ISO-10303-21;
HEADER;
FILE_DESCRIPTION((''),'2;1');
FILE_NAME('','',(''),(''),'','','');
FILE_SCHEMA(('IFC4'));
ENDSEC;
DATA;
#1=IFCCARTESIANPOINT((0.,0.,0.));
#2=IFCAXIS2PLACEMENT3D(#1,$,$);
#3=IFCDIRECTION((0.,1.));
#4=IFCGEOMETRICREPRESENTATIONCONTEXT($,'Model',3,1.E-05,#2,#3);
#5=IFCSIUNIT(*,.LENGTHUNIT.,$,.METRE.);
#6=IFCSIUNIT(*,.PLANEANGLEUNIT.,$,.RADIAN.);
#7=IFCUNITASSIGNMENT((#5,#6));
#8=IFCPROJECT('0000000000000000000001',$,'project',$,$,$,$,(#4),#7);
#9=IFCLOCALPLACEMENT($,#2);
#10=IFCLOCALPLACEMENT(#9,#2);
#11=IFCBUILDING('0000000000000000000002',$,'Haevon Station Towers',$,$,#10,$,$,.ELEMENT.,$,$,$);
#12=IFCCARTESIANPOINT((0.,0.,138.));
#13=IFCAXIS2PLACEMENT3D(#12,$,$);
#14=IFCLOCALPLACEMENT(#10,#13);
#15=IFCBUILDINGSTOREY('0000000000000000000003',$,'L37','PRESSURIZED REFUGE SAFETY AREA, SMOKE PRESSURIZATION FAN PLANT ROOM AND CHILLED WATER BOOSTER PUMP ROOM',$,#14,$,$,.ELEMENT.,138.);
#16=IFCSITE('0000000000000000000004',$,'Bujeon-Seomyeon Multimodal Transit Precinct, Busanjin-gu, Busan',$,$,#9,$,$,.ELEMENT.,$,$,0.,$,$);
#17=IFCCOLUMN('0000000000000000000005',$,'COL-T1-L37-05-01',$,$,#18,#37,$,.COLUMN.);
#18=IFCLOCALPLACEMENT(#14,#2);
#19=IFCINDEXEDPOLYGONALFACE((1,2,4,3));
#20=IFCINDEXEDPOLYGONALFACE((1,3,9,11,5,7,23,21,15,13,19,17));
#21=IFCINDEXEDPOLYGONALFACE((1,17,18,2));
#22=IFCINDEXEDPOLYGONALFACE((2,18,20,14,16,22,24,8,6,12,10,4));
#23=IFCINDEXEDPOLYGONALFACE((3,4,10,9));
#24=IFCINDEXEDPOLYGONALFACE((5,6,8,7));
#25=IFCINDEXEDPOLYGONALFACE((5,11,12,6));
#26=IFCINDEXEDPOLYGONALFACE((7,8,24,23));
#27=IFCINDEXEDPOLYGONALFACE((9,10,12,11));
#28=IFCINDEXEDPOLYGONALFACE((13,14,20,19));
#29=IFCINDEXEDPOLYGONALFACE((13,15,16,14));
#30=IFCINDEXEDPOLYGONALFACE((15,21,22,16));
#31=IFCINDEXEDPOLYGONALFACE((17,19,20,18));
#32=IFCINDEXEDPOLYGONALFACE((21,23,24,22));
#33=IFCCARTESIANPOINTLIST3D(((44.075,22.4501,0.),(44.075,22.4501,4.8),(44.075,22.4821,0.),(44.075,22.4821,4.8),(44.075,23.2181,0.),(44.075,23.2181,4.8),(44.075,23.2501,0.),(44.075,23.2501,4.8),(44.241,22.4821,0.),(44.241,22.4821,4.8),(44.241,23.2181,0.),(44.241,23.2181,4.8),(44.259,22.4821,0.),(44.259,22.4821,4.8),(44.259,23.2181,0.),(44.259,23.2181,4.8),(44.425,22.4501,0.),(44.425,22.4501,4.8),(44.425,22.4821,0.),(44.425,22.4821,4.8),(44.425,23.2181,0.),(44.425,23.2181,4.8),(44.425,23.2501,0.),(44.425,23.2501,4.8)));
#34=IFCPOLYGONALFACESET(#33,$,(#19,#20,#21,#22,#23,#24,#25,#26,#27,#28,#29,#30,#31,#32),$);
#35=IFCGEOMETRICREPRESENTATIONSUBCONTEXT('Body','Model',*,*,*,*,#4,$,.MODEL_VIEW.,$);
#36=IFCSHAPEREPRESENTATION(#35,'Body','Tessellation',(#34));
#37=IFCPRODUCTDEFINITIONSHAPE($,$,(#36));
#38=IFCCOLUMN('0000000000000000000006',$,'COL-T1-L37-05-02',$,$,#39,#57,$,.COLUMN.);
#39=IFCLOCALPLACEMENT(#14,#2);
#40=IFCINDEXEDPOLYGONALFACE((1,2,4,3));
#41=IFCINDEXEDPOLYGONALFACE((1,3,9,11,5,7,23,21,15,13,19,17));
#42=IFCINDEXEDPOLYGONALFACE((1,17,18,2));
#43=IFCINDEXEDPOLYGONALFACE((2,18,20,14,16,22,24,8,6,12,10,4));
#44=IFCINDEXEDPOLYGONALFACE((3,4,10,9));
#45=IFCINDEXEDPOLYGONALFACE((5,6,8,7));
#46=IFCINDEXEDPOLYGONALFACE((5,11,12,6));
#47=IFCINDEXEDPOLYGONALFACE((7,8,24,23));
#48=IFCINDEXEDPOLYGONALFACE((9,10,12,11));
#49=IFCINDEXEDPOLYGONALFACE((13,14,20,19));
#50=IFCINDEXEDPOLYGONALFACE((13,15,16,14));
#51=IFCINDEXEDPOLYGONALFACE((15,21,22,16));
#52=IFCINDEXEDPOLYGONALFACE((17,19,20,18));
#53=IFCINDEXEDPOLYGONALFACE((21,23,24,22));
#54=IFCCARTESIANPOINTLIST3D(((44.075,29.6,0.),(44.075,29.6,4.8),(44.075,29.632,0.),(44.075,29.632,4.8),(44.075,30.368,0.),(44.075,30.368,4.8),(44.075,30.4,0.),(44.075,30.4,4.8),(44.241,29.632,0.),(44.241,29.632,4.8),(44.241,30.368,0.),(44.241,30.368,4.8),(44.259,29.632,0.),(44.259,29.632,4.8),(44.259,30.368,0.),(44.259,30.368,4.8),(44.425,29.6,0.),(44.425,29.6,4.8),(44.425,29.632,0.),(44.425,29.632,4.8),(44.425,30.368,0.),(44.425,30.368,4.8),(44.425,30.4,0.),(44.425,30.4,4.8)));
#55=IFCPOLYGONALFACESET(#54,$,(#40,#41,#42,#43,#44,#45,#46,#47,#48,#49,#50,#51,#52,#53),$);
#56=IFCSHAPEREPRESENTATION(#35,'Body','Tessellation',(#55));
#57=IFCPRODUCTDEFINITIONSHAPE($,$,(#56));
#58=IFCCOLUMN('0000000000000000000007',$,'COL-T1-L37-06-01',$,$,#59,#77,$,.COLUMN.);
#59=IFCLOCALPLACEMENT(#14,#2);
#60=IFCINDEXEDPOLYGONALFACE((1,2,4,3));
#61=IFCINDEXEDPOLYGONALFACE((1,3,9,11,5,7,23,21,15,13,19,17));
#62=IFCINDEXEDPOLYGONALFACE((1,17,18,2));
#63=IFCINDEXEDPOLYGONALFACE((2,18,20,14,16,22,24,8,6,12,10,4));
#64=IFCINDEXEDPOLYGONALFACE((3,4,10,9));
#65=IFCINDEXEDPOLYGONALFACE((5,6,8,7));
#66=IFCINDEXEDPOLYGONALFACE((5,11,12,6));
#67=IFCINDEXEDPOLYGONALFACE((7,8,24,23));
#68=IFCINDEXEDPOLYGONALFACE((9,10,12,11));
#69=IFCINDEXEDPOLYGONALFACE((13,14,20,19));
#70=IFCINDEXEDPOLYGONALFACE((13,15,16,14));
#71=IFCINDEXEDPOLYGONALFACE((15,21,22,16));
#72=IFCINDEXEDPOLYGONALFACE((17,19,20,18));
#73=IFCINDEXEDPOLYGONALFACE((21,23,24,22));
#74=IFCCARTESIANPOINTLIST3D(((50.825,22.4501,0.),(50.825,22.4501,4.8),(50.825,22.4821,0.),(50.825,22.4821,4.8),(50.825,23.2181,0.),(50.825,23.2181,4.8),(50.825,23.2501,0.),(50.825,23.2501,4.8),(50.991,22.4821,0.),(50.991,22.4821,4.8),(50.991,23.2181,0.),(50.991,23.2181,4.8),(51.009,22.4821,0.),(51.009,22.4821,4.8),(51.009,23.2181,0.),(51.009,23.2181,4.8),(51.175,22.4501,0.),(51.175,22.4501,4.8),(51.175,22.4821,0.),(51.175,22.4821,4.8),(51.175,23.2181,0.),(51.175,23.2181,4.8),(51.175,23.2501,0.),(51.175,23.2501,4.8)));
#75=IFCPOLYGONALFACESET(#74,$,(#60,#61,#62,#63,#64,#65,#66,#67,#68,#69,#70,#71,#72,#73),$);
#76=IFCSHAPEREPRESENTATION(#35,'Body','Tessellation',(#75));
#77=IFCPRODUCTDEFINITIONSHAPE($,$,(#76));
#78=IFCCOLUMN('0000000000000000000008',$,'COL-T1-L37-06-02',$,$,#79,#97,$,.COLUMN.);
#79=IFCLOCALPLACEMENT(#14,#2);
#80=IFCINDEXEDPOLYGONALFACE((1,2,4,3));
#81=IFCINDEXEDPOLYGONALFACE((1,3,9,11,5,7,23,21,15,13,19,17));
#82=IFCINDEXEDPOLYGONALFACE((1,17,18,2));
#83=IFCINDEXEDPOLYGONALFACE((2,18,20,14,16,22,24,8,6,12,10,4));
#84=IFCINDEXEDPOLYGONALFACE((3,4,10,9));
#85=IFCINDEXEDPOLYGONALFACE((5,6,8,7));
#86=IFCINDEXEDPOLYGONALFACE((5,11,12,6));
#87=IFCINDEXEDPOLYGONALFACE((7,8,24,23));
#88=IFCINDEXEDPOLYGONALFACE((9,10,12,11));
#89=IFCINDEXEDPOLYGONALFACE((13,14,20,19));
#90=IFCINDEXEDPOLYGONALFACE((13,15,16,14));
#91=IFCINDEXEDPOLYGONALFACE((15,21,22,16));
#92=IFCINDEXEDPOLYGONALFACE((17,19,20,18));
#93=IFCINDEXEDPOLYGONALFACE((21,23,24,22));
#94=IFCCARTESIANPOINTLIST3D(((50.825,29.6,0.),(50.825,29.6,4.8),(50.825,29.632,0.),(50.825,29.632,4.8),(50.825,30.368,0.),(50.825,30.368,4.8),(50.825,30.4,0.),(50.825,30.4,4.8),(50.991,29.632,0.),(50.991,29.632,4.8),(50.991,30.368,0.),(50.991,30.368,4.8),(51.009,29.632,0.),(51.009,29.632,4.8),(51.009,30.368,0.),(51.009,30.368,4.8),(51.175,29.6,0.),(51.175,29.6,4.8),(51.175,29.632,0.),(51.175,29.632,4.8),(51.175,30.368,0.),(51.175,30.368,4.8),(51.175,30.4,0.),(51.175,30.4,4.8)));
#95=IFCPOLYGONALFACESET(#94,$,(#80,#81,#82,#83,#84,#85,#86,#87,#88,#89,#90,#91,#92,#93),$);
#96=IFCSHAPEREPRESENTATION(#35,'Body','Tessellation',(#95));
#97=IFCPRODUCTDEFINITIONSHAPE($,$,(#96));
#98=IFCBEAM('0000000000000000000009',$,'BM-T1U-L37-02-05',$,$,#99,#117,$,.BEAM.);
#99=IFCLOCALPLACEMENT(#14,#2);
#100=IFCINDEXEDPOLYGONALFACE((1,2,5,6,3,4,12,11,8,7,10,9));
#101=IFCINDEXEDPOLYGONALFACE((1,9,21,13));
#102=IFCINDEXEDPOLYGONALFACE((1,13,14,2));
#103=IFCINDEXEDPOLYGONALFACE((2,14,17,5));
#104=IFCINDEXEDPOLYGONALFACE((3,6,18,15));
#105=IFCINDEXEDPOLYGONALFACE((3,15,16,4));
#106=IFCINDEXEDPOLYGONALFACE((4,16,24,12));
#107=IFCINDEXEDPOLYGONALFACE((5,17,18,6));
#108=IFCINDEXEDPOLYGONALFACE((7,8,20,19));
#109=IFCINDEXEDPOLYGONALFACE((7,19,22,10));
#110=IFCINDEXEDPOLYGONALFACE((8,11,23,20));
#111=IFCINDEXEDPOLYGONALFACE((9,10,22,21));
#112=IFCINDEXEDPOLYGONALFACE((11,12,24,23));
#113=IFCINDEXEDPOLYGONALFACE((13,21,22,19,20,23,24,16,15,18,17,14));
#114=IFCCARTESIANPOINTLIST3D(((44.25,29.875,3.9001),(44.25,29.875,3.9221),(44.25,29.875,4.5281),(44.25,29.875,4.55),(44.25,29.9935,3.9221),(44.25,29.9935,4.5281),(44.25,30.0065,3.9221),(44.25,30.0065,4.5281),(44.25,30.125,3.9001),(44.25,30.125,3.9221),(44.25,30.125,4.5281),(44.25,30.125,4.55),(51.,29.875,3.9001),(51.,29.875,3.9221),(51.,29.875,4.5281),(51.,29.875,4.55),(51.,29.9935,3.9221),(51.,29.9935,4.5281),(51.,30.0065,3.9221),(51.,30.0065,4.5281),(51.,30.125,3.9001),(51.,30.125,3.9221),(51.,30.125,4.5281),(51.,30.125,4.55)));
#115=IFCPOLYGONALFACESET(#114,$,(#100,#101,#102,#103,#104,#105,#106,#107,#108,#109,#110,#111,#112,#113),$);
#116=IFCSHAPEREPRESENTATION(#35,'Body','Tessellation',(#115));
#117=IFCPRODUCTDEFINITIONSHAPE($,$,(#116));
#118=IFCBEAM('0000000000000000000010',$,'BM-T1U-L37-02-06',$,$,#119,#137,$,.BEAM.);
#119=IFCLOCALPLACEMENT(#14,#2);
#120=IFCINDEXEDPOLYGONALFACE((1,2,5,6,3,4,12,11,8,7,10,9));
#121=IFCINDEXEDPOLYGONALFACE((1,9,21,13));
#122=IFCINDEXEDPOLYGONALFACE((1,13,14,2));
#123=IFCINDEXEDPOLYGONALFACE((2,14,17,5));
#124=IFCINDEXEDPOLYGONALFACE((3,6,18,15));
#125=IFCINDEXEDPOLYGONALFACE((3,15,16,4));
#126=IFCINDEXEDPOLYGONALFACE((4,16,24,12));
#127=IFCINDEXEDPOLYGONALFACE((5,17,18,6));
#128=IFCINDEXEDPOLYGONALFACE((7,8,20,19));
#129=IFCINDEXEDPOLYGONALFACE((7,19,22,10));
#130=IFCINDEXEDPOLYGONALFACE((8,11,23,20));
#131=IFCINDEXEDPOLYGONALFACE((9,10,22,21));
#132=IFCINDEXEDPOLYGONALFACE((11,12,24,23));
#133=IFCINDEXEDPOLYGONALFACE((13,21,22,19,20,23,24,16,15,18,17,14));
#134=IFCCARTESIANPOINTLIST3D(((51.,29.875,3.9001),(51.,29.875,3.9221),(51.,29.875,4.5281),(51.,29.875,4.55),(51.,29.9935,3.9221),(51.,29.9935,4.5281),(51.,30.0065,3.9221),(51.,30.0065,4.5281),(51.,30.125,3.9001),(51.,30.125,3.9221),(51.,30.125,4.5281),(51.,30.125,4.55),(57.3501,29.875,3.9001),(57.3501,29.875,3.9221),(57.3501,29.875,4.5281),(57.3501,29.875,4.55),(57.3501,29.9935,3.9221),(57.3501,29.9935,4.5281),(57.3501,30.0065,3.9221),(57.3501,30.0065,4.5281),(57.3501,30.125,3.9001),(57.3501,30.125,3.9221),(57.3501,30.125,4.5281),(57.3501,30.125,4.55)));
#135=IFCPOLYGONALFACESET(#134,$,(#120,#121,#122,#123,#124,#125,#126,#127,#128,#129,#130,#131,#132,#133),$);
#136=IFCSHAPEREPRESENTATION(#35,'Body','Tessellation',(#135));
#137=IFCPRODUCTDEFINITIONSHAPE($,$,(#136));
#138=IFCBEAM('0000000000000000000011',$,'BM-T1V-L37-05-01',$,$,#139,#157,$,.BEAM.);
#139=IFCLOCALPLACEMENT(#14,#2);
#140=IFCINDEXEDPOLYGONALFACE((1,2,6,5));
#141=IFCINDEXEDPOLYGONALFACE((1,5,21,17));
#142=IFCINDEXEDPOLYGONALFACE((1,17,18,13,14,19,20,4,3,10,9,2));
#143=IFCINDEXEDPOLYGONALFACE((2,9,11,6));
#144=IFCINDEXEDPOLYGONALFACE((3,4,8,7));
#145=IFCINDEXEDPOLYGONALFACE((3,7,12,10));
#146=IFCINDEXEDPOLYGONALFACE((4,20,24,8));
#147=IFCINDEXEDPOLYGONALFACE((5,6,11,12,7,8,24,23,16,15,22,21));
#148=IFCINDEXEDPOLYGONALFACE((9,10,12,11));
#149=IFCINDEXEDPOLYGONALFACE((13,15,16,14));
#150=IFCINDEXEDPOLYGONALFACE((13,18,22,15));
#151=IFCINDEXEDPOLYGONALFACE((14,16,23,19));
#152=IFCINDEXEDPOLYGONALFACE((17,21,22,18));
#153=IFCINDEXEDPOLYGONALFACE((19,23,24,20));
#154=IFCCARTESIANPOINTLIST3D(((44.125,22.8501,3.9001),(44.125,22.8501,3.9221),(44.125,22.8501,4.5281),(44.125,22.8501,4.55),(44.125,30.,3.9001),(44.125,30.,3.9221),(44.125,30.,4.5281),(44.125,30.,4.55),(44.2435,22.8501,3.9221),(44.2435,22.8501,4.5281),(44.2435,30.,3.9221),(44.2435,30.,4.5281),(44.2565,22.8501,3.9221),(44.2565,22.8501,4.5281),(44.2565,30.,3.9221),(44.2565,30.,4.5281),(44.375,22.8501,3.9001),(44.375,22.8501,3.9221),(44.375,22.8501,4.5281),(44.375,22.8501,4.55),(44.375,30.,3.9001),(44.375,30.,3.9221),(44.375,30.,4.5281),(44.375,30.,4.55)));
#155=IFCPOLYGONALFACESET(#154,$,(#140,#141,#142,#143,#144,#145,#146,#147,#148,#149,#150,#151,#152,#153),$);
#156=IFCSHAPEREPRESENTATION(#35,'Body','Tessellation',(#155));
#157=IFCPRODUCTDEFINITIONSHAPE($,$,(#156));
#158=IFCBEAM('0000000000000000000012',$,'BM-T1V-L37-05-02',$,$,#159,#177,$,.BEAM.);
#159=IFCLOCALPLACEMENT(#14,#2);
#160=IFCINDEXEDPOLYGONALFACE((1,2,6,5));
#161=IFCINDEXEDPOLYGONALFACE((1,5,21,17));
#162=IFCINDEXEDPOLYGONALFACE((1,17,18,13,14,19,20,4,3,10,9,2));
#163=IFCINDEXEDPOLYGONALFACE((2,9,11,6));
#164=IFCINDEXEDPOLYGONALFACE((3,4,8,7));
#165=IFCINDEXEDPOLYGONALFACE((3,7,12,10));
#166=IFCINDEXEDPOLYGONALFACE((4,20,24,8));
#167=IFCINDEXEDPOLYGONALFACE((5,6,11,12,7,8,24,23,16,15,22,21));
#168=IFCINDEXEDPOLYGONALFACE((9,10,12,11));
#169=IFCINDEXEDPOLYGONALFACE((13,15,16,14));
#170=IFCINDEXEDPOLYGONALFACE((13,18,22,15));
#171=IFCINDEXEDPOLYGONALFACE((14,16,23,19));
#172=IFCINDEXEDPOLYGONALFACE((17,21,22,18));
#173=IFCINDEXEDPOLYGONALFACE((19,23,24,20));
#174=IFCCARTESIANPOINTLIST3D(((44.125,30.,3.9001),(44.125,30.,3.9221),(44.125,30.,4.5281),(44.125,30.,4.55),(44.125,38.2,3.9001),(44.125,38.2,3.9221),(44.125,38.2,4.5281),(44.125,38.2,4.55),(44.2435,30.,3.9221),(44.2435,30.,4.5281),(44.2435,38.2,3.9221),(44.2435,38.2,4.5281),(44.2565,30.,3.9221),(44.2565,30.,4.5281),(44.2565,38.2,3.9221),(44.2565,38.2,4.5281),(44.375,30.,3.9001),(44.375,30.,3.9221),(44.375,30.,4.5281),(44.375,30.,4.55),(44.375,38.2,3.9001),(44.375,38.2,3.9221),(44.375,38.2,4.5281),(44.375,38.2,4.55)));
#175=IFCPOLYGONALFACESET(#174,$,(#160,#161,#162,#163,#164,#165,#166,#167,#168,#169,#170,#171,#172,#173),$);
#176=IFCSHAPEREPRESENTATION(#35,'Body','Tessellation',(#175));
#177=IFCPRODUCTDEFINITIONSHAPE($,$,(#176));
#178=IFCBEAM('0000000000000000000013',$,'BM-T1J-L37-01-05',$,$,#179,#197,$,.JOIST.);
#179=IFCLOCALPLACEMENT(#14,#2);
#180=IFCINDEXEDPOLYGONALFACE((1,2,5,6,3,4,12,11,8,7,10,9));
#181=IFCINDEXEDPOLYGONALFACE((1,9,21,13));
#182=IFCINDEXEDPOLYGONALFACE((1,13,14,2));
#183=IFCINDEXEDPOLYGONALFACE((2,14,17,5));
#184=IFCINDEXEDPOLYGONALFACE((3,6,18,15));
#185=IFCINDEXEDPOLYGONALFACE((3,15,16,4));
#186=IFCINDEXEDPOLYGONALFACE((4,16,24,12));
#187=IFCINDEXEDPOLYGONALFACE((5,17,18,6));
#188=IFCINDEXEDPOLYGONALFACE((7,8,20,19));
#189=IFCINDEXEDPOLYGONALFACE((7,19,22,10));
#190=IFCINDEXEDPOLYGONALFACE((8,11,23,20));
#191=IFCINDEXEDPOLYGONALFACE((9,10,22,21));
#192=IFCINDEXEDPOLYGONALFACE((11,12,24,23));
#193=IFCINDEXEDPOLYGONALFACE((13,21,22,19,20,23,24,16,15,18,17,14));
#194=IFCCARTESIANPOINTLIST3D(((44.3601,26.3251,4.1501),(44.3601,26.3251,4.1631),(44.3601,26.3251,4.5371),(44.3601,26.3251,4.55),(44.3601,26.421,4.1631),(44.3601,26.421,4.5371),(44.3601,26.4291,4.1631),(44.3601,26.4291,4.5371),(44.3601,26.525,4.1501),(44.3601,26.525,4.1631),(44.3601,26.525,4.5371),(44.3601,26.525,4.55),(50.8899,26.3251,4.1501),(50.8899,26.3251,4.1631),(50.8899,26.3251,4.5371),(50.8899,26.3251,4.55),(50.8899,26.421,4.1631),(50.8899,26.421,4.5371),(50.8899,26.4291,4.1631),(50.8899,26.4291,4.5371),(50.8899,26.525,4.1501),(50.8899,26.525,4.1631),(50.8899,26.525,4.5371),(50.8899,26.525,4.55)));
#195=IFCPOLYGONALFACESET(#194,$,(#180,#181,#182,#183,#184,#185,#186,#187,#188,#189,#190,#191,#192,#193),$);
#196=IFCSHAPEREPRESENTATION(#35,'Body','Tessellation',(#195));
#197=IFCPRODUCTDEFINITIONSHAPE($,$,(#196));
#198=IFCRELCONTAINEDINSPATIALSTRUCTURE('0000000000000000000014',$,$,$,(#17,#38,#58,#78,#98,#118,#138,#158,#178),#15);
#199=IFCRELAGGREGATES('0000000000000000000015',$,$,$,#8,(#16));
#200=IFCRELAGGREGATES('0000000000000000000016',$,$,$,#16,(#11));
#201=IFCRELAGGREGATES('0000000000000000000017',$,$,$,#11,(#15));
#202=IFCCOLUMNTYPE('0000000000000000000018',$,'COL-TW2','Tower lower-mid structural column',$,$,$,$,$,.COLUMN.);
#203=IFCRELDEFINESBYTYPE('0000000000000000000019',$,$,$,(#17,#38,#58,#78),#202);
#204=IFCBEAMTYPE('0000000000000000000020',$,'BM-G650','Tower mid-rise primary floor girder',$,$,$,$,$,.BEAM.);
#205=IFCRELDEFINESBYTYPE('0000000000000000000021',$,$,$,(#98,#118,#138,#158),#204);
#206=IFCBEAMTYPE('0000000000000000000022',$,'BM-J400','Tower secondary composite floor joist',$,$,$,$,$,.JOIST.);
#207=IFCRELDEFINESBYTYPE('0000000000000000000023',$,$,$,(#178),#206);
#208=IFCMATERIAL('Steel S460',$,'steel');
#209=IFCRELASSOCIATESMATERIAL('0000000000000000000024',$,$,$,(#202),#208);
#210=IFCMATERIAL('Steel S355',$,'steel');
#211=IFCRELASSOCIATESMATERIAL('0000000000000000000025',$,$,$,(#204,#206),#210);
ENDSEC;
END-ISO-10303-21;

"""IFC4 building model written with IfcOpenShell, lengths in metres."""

from ifc_helpers import new_model, si_unit, direction, frame, origin, origin_2d, place, context, subcontext, project, spatial, i_section, extrude, material, material_profile, profile_set, type_object, element, save


model = new_model("IFC4")

# Units and contexts
model_context = context("Model", 3, precision=1e-05, world=origin(), true_north=direction((0.0, 1.0)))
body_context = subcontext(model_context, "Body", "Model", "MODEL_VIEW")
ifc_project = project(units=[si_unit("LENGTHUNIT", "METRE"), si_unit("PLANEANGLEUNIT", "RADIAN")], contexts=[model_context])

# Site, building, storey
site_placement = place(None, origin())
site = spatial("IfcSite", under=ifc_project, at=site_placement, Name="Bujeon-Seomyeon Multimodal Transit Precinct, Busanjin-gu, Busan", CompositionType="ELEMENT", RefElevation=0.0)
building_placement = place(site_placement, origin())
building = spatial("IfcBuilding", under=site, at=building_placement, Name="Haevon Station Towers", CompositionType="ELEMENT")
storey_placement = place(building_placement, frame((0.0, 0.0, 138.0)))
storey = spatial("IfcBuildingStorey", under=building, at=storey_placement, Name="L37", Description="PRESSURIZED REFUGE SAFETY AREA, SMOKE PRESSURIZATION FAN PLANT ROOM AND CHILLED WATER BOOSTER PUMP ROOM", CompositionType="ELEMENT", Elevation=138.0)

# Columns
ifc_material_1 = material(Name="Steel S460", Category="steel")
ifc_material_profile_1 = material_profile(ifc_material_1, i_section(OverallWidth=0.3501, OverallDepth=0.8, WebThickness=0.0181, FlangeThickness=0.032, at=origin_2d()), Name="H-800x350x18x32")
ifc_profile_set_1 = profile_set([ifc_material_profile_1], Name="Steel S460")
column_type = type_object("IfcColumnType", Name="COL-TW2", Description="Tower lower-mid structural column", PredefinedType="COLUMN", material=ifc_profile_set_1)
for number, where, z_axis, x_axis, name in (
    (1, (44.25, 22.8501, 0.0), (0.0, 0.0, 1.0), (1.0, 0.0, 0.0), "COL-T1-L37-05-01"),
    (2, (44.25, 30.0, 0.0), (0.0, 0.0, 1.0), (1.0, 0.0, 0.0), "COL-T1-L37-05-02"),
    (3, (51.0, 22.8501, 0.0), (0.0, 0.0, 1.0), (1.0, 0.0, 0.0), "COL-T1-L37-06-01"),
    (4, (51.0, 30.0, 0.0), (0.0, 0.0, 1.0), (1.0, 0.0, 0.0), "COL-T1-L37-06-02"),
):
    element("IfcColumn", number, at=place(storey_placement, frame(where, z_axis=z_axis, x_axis=x_axis)), inside=storey, type_object=column_type, Name=name, PredefinedType="COLUMN", context=body_context, shape_type="SweptSolid", body=[
        extrude(i_section(OverallWidth=0.3501, OverallDepth=0.8, WebThickness=0.0181, FlangeThickness=0.032, at=origin_2d()), origin(), (0.0, 0.0, 1.0), 4.8),
    ])

# Beams
ifc_material_2 = material(Name="Steel S355", Category="steel")
ifc_material_profile_2 = material_profile(ifc_material_2, i_section(OverallWidth=0.25, OverallDepth=0.6499, WebThickness=0.0129, FlangeThickness=0.022, at=origin_2d()), Name="H-650x250x13x22")
ifc_profile_set_2 = profile_set([ifc_material_profile_2], Name="Steel S355")
beam_type_1 = type_object("IfcBeamType", Name="BM-G650", Description="Tower mid-rise primary floor girder", PredefinedType="BEAM", material=ifc_profile_set_2)
beam_1_placement = place(storey_placement, frame((44.25, 30.0, 4.2251), z_axis=(1.0, 0.0, 0.0), x_axis=(0.0, 1.0, 0.0)))
element("IfcBeam", 5, at=beam_1_placement, inside=storey, type_object=beam_type_1, Name="BM-T1U-L37-02-05", PredefinedType="BEAM", context=body_context, shape_type="SweptSolid", body=[
    extrude(i_section(OverallWidth=0.25, OverallDepth=0.6499, WebThickness=0.0129, FlangeThickness=0.022, at=origin_2d()), origin(), (0.0, 0.0, 1.0), 6.75),
])
beam_2_placement = place(storey_placement, frame((51.0, 30.0, 4.2251), z_axis=(1.0, 0.0, 0.0), x_axis=(0.0, 1.0, 0.0)))
element("IfcBeam", 6, at=beam_2_placement, inside=storey, type_object=beam_type_1, Name="BM-T1U-L37-02-06", PredefinedType="BEAM", context=body_context, shape_type="SweptSolid", body=[
    extrude(i_section(OverallWidth=0.25, OverallDepth=0.6499, WebThickness=0.0129, FlangeThickness=0.022, at=origin_2d()), origin(), (0.0, 0.0, 1.0), 6.3501),
])
beam_3_placement = place(storey_placement, frame((44.25, 22.8501, 4.2251), z_axis=(0.0, 1.0, 0.0), x_axis=(-1.0, 0.0, 0.0)))
element("IfcBeam", 7, at=beam_3_placement, inside=storey, type_object=beam_type_1, Name="BM-T1V-L37-05-01", PredefinedType="BEAM", context=body_context, shape_type="SweptSolid", body=[
    extrude(i_section(OverallWidth=0.25, OverallDepth=0.6499, WebThickness=0.0129, FlangeThickness=0.022, at=origin_2d()), origin(), (0.0, 0.0, 1.0), 7.1499),
])
beam_4_placement = place(storey_placement, frame((44.25, 30.0, 4.2251), z_axis=(0.0, 1.0, 0.0), x_axis=(-1.0, 0.0, 0.0)))
element("IfcBeam", 8, at=beam_4_placement, inside=storey, type_object=beam_type_1, Name="BM-T1V-L37-05-02", PredefinedType="BEAM", context=body_context, shape_type="SweptSolid", body=[
    extrude(i_section(OverallWidth=0.25, OverallDepth=0.6499, WebThickness=0.0129, FlangeThickness=0.022, at=origin_2d()), origin(), (0.0, 0.0, 1.0), 8.2),
])
ifc_material_profile_3 = material_profile(ifc_material_2, i_section(OverallWidth=0.2, OverallDepth=0.3999, WebThickness=0.0081, FlangeThickness=0.0129, at=origin_2d()), Name="H-400x200x8x13")
ifc_profile_set_3 = profile_set([ifc_material_profile_3], Name="Steel S355")
beam_type_2 = type_object("IfcBeamType", Name="BM-J400", Description="Tower secondary composite floor joist", PredefinedType="JOIST", material=ifc_profile_set_3)
for number, where, z_axis, x_axis, name in (
    (9, (44.3601, 26.425, 4.3501), (1.0, 0.0, 0.0), (0.0, 1.0, 0.0), "BM-T1J-L37-01-05"),
):
    element("IfcBeam", number, at=place(storey_placement, frame(where, z_axis=z_axis, x_axis=x_axis)), inside=storey, type_object=beam_type_2, Name=name, PredefinedType="JOIST", context=body_context, shape_type="SweptSolid", body=[
        extrude(i_section(OverallWidth=0.2, OverallDepth=0.3999, WebThickness=0.0081, FlangeThickness=0.0129, at=origin_2d()), origin(), (0.0, 0.0, 1.0), 6.5298),
    ])

save(model, "model.ifc")
